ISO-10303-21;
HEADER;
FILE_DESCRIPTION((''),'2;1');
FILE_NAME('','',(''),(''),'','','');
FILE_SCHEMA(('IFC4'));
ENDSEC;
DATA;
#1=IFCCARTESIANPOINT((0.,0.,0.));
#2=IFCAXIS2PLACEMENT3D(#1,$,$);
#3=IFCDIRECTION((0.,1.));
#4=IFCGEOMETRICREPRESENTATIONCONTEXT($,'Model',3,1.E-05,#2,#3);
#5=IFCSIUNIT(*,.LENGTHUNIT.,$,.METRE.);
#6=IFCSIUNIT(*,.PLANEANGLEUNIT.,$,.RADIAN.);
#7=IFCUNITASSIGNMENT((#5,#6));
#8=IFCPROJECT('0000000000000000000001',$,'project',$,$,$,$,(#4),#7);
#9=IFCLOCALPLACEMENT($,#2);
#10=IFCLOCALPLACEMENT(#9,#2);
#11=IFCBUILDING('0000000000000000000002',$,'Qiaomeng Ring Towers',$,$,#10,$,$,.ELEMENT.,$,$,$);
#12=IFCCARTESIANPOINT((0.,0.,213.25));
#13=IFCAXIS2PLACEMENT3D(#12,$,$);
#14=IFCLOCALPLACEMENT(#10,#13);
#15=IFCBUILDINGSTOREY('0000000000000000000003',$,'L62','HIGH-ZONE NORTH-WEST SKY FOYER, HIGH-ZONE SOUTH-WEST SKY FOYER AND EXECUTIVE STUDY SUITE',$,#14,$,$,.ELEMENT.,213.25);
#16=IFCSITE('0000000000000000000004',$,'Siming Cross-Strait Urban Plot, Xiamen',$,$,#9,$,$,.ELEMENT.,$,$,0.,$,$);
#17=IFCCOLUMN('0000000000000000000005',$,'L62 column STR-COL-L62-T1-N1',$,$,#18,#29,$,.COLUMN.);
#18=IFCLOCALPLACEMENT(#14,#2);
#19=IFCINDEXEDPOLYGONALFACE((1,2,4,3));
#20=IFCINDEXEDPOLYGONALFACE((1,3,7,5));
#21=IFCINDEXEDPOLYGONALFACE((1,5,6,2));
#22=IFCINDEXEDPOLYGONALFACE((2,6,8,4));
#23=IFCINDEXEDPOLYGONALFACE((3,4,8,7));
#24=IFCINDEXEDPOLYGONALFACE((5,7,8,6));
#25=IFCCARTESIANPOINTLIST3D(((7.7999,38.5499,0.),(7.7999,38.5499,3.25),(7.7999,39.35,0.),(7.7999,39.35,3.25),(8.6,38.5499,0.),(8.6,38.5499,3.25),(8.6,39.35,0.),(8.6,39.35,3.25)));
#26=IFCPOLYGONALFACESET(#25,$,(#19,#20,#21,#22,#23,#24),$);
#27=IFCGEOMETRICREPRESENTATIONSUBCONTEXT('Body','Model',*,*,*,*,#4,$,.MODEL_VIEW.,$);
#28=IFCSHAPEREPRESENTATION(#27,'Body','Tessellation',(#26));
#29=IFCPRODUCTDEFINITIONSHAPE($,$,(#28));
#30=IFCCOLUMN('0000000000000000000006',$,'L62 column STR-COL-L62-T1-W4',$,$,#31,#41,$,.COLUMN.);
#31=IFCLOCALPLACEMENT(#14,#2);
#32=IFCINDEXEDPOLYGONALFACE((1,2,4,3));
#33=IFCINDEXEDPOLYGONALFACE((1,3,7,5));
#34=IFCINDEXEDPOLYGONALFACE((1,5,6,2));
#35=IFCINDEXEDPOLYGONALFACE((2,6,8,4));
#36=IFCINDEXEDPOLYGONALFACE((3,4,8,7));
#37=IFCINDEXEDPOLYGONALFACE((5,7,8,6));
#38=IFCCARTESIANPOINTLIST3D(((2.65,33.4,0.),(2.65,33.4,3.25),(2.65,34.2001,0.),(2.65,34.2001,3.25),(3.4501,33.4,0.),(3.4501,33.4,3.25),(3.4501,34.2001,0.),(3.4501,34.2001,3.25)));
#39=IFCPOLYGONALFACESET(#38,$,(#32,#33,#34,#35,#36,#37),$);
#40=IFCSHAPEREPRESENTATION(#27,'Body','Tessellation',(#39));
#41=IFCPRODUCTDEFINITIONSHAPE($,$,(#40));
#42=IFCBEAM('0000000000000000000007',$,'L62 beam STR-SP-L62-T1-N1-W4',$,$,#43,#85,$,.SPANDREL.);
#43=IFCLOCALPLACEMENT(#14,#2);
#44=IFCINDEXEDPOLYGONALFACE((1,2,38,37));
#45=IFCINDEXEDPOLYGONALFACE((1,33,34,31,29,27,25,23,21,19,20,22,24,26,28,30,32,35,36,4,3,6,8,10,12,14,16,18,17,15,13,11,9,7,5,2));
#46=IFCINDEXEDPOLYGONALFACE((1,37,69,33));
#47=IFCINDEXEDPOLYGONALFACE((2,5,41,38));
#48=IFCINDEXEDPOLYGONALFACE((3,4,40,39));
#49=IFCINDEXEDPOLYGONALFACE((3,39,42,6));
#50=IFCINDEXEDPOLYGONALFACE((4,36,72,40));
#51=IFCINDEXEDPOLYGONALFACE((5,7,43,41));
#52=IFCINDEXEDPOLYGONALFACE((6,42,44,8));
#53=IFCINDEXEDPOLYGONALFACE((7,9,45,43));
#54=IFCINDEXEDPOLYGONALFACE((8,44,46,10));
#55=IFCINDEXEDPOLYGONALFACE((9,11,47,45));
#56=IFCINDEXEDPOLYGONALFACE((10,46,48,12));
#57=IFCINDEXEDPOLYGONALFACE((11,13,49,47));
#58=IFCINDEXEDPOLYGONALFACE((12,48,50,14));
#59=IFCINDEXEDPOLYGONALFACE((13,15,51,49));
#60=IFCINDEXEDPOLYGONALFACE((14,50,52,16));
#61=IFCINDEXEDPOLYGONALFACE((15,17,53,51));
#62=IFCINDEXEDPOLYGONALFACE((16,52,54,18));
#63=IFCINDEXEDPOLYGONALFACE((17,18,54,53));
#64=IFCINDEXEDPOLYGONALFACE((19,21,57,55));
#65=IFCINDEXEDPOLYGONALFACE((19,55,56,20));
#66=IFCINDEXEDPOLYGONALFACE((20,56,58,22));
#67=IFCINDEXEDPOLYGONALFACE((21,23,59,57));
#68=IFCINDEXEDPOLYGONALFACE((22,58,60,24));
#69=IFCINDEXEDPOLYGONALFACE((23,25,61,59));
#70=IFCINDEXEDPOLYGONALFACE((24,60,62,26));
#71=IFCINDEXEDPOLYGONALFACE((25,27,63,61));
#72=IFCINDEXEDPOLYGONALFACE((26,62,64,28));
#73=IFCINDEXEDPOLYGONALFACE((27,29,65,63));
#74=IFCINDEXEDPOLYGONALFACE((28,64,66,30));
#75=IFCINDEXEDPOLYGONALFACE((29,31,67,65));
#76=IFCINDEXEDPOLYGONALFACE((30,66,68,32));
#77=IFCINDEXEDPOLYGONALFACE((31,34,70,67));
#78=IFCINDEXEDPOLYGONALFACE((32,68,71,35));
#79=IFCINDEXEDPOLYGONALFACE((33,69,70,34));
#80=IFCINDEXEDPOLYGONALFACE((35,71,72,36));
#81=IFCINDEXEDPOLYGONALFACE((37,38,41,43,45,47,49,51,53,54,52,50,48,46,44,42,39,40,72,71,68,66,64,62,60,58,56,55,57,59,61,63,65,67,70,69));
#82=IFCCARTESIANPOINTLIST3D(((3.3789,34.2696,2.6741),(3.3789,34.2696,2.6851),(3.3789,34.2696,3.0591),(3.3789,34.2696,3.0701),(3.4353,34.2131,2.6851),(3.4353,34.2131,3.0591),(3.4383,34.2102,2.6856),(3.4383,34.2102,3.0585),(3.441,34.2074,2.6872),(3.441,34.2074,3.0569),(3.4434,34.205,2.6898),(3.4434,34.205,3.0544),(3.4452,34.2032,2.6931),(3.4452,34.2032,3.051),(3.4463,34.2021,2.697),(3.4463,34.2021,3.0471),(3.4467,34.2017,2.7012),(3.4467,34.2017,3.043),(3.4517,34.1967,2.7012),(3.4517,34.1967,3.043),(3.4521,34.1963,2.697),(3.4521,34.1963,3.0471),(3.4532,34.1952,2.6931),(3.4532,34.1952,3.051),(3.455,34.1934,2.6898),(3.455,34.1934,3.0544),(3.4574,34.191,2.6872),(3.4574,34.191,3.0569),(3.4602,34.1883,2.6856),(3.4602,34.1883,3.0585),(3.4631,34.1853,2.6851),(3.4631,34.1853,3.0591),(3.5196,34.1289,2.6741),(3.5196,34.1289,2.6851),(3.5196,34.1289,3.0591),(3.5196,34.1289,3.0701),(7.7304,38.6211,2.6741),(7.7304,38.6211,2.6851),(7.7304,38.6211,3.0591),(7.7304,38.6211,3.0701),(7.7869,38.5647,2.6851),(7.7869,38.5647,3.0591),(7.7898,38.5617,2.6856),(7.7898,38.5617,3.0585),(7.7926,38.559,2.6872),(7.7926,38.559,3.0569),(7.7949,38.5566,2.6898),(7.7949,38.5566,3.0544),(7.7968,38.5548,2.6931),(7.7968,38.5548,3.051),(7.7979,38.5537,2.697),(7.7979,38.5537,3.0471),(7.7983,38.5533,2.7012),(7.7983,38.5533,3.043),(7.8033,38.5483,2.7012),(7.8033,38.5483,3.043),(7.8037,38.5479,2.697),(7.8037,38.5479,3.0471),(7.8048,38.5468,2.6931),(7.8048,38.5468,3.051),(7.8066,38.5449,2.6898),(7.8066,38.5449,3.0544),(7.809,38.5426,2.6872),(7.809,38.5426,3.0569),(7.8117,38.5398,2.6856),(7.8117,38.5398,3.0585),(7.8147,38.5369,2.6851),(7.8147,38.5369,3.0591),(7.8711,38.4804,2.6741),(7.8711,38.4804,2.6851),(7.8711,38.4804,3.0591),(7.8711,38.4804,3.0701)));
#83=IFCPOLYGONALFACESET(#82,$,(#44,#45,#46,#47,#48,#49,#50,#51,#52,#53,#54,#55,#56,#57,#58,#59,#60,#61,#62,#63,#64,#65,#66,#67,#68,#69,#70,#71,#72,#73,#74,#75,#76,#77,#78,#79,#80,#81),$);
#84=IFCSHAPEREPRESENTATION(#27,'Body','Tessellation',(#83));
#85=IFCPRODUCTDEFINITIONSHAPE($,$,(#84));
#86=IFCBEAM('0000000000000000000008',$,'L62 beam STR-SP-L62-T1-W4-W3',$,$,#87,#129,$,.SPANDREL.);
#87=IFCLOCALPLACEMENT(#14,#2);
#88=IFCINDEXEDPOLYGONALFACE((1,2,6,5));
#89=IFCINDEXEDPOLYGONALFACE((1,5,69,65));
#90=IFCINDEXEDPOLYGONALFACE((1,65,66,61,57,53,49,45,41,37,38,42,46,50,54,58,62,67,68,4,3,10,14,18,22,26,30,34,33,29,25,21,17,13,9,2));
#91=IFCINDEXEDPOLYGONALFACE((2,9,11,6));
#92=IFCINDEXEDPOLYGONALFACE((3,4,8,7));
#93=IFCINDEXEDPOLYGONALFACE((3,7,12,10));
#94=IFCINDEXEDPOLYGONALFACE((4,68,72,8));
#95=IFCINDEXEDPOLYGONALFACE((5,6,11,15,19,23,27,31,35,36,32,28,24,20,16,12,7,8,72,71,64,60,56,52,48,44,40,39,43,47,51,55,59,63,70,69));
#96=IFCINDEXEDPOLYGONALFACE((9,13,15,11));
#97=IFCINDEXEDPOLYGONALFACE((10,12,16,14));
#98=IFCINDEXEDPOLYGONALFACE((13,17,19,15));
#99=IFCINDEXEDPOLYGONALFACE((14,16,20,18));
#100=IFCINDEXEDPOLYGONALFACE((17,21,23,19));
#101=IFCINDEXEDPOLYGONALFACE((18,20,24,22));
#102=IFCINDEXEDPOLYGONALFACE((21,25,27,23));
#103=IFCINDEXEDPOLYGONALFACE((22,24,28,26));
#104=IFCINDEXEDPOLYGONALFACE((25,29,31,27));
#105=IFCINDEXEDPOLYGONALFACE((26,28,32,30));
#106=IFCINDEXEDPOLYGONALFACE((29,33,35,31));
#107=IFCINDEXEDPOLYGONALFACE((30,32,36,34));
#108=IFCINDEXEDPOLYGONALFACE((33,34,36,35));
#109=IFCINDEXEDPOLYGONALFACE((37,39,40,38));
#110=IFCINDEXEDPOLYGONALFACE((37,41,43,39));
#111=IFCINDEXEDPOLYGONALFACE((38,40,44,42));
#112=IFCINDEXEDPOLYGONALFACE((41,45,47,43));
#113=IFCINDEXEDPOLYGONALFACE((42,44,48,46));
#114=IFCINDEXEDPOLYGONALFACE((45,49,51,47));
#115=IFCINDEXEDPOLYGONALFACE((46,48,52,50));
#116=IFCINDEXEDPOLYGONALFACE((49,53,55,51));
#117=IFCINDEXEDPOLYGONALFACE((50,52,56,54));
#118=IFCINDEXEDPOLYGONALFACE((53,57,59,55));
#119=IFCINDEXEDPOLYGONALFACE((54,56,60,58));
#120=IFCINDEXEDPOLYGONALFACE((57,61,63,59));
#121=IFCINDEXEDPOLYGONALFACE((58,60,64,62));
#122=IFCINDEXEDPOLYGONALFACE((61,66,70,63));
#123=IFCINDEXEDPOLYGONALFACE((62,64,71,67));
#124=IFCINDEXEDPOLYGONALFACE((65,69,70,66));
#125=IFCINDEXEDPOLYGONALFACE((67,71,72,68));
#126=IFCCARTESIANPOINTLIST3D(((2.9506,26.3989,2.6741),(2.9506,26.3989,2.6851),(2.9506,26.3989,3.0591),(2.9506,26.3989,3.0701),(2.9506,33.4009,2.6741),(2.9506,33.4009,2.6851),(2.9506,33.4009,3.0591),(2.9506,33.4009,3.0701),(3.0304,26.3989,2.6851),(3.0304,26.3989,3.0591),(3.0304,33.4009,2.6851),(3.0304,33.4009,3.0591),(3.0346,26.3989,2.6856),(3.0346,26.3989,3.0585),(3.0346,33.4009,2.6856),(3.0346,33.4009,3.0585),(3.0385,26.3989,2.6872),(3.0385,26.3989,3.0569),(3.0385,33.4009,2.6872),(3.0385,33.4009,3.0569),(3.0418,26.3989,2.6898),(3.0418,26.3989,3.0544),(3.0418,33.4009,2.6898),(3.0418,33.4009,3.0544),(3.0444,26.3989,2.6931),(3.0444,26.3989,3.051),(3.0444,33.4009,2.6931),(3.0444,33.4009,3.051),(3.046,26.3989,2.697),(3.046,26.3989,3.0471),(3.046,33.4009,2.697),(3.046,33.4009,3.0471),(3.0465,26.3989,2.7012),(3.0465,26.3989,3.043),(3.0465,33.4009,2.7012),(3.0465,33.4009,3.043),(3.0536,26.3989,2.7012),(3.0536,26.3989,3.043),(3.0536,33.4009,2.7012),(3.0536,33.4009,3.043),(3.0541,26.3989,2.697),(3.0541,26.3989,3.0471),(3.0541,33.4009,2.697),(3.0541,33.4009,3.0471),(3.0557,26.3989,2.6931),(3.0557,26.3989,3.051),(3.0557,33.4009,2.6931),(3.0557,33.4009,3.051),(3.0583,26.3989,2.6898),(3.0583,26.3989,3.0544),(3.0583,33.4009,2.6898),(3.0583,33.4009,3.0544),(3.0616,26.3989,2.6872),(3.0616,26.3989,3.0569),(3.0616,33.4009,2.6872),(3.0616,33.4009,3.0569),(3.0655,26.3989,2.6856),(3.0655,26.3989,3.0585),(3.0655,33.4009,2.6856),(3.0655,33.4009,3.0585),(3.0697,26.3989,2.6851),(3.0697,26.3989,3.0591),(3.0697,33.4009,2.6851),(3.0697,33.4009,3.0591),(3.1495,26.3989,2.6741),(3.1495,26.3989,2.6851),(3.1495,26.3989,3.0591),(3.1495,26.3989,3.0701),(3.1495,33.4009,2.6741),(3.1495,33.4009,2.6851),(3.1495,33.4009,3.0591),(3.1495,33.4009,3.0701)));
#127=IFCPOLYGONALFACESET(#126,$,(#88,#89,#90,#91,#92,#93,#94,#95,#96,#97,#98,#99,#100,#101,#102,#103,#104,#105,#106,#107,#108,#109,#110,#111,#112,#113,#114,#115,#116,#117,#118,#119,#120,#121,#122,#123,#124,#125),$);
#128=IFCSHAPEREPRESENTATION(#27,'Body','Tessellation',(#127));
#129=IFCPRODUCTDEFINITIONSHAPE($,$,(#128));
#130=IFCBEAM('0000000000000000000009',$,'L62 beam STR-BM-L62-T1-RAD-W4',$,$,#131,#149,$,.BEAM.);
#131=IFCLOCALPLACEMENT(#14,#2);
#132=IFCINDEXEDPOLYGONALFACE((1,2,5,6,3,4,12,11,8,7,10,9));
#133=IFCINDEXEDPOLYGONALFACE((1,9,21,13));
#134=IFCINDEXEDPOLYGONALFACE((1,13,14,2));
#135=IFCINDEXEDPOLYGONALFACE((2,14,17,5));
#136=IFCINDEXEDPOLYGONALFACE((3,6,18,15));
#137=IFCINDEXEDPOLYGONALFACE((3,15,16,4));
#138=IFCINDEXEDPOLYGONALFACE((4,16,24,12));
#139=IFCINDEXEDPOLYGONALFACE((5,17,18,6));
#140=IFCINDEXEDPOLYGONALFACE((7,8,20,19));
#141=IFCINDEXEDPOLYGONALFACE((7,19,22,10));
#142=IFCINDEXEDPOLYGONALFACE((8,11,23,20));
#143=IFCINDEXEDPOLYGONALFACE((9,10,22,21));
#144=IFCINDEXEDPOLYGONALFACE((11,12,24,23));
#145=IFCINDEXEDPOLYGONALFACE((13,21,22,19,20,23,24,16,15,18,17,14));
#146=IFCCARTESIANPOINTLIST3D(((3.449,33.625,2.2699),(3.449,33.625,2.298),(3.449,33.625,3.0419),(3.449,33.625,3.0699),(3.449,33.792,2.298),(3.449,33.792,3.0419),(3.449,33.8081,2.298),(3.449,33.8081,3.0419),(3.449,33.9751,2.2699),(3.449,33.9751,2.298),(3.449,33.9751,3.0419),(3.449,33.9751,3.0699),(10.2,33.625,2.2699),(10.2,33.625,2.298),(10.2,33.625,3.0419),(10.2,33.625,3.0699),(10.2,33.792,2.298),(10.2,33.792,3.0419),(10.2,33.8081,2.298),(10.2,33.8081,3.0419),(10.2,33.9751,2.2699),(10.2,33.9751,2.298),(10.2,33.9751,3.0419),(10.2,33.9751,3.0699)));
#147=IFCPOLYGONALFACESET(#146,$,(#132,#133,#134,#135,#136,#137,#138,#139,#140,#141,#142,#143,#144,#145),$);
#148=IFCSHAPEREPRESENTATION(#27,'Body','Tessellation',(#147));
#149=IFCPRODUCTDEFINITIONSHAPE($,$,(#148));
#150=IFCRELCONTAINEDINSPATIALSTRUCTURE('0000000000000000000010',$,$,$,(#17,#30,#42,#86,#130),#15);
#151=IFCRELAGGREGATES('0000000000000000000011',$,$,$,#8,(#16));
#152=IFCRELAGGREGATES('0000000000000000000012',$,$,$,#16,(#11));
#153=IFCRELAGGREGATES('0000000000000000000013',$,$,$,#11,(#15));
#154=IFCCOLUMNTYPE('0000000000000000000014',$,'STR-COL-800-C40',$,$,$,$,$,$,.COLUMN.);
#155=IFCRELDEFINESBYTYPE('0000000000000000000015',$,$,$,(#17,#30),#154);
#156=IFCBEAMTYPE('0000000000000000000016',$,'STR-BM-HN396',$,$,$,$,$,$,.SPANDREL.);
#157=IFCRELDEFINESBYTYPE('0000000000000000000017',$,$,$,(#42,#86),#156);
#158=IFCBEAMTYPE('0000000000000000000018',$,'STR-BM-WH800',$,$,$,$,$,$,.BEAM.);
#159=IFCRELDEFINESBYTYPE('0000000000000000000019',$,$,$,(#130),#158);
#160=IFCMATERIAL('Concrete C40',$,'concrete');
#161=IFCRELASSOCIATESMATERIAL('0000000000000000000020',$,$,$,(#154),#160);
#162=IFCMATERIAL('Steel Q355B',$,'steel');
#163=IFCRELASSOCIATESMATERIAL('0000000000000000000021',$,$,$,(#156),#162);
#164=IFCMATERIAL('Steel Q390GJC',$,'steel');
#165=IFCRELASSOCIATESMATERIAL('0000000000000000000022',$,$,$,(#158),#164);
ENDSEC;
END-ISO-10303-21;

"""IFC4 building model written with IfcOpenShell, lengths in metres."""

from ifc_helpers import new_model, si_unit, direction, frame, origin, origin_2d, place, context, subcontext, project, spatial, rectangle, i_section, extrude, source, transform, mapped, material, material_profile, profile_set, type_object, element, save


model = new_model("IFC4")

# Units and contexts
model_context = context("Model", 3, precision=1e-05, world=origin(), true_north=direction((0.0, 1.0)))
body_context = subcontext(model_context, "Body", "Model", "MODEL_VIEW")
ifc_project = project(units=[si_unit("LENGTHUNIT", "METRE"), si_unit("PLANEANGLEUNIT", "RADIAN")], contexts=[model_context])

# Site, building, storey
site_placement = place(None, origin())
site = spatial("IfcSite", under=ifc_project, at=site_placement, Name="Siming Cross-Strait Urban Plot, Xiamen", CompositionType="ELEMENT", RefElevation=0.0)
building_placement = place(site_placement, origin())
building = spatial("IfcBuilding", under=site, at=building_placement, Name="Qiaomeng Ring Towers", CompositionType="ELEMENT")
storey_placement = place(building_placement, frame((0.0, 0.0, 213.25)))
storey = spatial("IfcBuildingStorey", under=building, at=storey_placement, Name="L62", Description="HIGH-ZONE NORTH-WEST SKY FOYER, HIGH-ZONE SOUTH-WEST SKY FOYER AND EXECUTIVE STUDY SUITE", CompositionType="ELEMENT", Elevation=213.25)

# Columns
ifc_material_1 = material(Name="Concrete C40", Category="concrete")
ifc_material_profile_1 = material_profile(ifc_material_1, rectangle(XDim=0.8, YDim=0.8, at=origin_2d()), Name="RC COL 800x800")
ifc_profile_set_1 = profile_set([ifc_material_profile_1], Name="Concrete C40")
column_type = type_object("IfcColumnType", Name="STR-COL-800-C40", PredefinedType="COLUMN", material=ifc_profile_set_1)
shared_shape_1 = source(origin(), body_context, "Body", "SweptSolid", [
    extrude(rectangle(XDim=0.8, YDim=0.8, at=origin_2d()), origin(), (0.0, 0.0, 1.0), 3.25),
])
for number, where, z_axis, x_axis, name in (
    (1, (8.2, 38.95, 0.0), (0.0, 0.0, 1.0), (1.0, 0.0, 0.0), "L62 column STR-COL-L62-T1-N1"),
    (2, (3.05, 33.8, 0.0), (0.0, 0.0, 1.0), (1.0, 0.0, 0.0), "L62 column STR-COL-L62-T1-W4"),
):
    element("IfcColumn", number, at=place(storey_placement, frame(where, z_axis=z_axis, x_axis=x_axis)), inside=storey, type_object=column_type, Name=name, PredefinedType="COLUMN", context=body_context, shape_type="MappedRepresentation", body=[
        mapped(shared_shape_1, transform((0.0, 0.0, 0.0), x_axis=(1.0, 0.0, 0.0), y_axis=(0.0, 1.0, 0.0), z_axis=(0.0, 0.0, 1.0), scale=1.0)),
    ])

# Beams
ifc_material_2 = material(Name="Steel Q355B", Category="steel")
ifc_material_profile_2 = material_profile(ifc_material_2, i_section(OverallWidth=0.199, OverallDepth=0.396, WebThickness=0.0071, FlangeThickness=0.011, FilletRadius=0.0161, at=origin_2d()), Name="HN 396x199x7x11")
ifc_profile_set_2 = profile_set([ifc_material_profile_2], Name="Steel Q355B")
beam_type_1 = type_object("IfcBeamType", Name="STR-BM-HN396", PredefinedType="SPANDREL", material=ifc_profile_set_2)
shared_shape_2 = source(origin(), body_context, "Body", "SweptSolid", [
    extrude(i_section(OverallWidth=0.199, OverallDepth=0.396, WebThickness=0.0071, FlangeThickness=0.011, FilletRadius=0.0161, at=origin_2d()), origin(), (0.0, 0.0, 1.0), 6.1541),
])
beam_1_placement = place(storey_placement, frame((7.8008, 38.5508, 2.8721), z_axis=(-0.707107, -0.707107, 0.0), x_axis=(0.707107, -0.707107, 0.0)))
element("IfcBeam", 3, at=beam_1_placement, inside=storey, type_object=beam_type_1, Name="L62 beam STR-SP-L62-T1-N1-W4", PredefinedType="SPANDREL", context=body_context, shape_type="MappedRepresentation", body=[
    mapped(shared_shape_2, transform((0.0, 0.0, 0.0), x_axis=(1.0, 0.0, 0.0), y_axis=(0.0, 1.0, 0.0), z_axis=(0.0, 0.0, 1.0), scale=1.0)),
])
shared_shape_3 = source(origin(), body_context, "Body", "SweptSolid", [
    extrude(i_section(OverallWidth=0.199, OverallDepth=0.396, WebThickness=0.0071, FlangeThickness=0.011, FilletRadius=0.0161, at=origin_2d()), origin(), (0.0, 0.0, 1.0), 7.002),
])
beam_2_placement = place(storey_placement, frame((3.05, 33.4009, 2.8721), z_axis=(0.0, -1.0, 0.0), x_axis=(1.0, 0.0, 0.0)))
element("IfcBeam", 4, at=beam_2_placement, inside=storey, type_object=beam_type_1, Name="L62 beam STR-SP-L62-T1-W4-W3", PredefinedType="SPANDREL", context=body_context, shape_type="MappedRepresentation", body=[
    mapped(shared_shape_3, transform((0.0, 0.0, 0.0), x_axis=(1.0, 0.0, 0.0), y_axis=(0.0, 1.0, 0.0), z_axis=(0.0, 0.0, 1.0), scale=1.0)),
])
ifc_material_3 = material(Name="Steel Q390GJC", Category="steel")
ifc_material_profile_3 = material_profile(ifc_material_3, i_section(OverallWidth=0.3501, OverallDepth=0.8, WebThickness=0.0161, FlangeThickness=0.0281, at=origin_2d()), Name="WH 800x350x16x28")
ifc_profile_set_3 = profile_set([ifc_material_profile_3], Name="Steel Q390GJC")
beam_type_2 = type_object("IfcBeamType", Name="STR-BM-WH800", PredefinedType="BEAM", material=ifc_profile_set_3)
shared_shape_4 = source(origin(), body_context, "Body", "SweptSolid", [
    extrude(i_section(OverallWidth=0.3501, OverallDepth=0.8, WebThickness=0.0161, FlangeThickness=0.0281, at=origin_2d()), origin(), (0.0, 0.0, 1.0), 6.751),
])
beam_3_placement = place(storey_placement, frame((3.449, 33.8, 2.6699), z_axis=(1.0, 0.0, 0.0), x_axis=(0.0, 1.0, 0.0)))
element("IfcBeam", 5, at=beam_3_placement, inside=storey, type_object=beam_type_2, Name="L62 beam STR-BM-L62-T1-RAD-W4", PredefinedType="BEAM", context=body_context, shape_type="MappedRepresentation", body=[
    mapped(shared_shape_4, transform((0.0, 0.0, 0.0), x_axis=(1.0, 0.0, 0.0), y_axis=(0.0, 1.0, 0.0), z_axis=(0.0, 0.0, 1.0), scale=1.0)),
])

save(model, "model.ifc")
